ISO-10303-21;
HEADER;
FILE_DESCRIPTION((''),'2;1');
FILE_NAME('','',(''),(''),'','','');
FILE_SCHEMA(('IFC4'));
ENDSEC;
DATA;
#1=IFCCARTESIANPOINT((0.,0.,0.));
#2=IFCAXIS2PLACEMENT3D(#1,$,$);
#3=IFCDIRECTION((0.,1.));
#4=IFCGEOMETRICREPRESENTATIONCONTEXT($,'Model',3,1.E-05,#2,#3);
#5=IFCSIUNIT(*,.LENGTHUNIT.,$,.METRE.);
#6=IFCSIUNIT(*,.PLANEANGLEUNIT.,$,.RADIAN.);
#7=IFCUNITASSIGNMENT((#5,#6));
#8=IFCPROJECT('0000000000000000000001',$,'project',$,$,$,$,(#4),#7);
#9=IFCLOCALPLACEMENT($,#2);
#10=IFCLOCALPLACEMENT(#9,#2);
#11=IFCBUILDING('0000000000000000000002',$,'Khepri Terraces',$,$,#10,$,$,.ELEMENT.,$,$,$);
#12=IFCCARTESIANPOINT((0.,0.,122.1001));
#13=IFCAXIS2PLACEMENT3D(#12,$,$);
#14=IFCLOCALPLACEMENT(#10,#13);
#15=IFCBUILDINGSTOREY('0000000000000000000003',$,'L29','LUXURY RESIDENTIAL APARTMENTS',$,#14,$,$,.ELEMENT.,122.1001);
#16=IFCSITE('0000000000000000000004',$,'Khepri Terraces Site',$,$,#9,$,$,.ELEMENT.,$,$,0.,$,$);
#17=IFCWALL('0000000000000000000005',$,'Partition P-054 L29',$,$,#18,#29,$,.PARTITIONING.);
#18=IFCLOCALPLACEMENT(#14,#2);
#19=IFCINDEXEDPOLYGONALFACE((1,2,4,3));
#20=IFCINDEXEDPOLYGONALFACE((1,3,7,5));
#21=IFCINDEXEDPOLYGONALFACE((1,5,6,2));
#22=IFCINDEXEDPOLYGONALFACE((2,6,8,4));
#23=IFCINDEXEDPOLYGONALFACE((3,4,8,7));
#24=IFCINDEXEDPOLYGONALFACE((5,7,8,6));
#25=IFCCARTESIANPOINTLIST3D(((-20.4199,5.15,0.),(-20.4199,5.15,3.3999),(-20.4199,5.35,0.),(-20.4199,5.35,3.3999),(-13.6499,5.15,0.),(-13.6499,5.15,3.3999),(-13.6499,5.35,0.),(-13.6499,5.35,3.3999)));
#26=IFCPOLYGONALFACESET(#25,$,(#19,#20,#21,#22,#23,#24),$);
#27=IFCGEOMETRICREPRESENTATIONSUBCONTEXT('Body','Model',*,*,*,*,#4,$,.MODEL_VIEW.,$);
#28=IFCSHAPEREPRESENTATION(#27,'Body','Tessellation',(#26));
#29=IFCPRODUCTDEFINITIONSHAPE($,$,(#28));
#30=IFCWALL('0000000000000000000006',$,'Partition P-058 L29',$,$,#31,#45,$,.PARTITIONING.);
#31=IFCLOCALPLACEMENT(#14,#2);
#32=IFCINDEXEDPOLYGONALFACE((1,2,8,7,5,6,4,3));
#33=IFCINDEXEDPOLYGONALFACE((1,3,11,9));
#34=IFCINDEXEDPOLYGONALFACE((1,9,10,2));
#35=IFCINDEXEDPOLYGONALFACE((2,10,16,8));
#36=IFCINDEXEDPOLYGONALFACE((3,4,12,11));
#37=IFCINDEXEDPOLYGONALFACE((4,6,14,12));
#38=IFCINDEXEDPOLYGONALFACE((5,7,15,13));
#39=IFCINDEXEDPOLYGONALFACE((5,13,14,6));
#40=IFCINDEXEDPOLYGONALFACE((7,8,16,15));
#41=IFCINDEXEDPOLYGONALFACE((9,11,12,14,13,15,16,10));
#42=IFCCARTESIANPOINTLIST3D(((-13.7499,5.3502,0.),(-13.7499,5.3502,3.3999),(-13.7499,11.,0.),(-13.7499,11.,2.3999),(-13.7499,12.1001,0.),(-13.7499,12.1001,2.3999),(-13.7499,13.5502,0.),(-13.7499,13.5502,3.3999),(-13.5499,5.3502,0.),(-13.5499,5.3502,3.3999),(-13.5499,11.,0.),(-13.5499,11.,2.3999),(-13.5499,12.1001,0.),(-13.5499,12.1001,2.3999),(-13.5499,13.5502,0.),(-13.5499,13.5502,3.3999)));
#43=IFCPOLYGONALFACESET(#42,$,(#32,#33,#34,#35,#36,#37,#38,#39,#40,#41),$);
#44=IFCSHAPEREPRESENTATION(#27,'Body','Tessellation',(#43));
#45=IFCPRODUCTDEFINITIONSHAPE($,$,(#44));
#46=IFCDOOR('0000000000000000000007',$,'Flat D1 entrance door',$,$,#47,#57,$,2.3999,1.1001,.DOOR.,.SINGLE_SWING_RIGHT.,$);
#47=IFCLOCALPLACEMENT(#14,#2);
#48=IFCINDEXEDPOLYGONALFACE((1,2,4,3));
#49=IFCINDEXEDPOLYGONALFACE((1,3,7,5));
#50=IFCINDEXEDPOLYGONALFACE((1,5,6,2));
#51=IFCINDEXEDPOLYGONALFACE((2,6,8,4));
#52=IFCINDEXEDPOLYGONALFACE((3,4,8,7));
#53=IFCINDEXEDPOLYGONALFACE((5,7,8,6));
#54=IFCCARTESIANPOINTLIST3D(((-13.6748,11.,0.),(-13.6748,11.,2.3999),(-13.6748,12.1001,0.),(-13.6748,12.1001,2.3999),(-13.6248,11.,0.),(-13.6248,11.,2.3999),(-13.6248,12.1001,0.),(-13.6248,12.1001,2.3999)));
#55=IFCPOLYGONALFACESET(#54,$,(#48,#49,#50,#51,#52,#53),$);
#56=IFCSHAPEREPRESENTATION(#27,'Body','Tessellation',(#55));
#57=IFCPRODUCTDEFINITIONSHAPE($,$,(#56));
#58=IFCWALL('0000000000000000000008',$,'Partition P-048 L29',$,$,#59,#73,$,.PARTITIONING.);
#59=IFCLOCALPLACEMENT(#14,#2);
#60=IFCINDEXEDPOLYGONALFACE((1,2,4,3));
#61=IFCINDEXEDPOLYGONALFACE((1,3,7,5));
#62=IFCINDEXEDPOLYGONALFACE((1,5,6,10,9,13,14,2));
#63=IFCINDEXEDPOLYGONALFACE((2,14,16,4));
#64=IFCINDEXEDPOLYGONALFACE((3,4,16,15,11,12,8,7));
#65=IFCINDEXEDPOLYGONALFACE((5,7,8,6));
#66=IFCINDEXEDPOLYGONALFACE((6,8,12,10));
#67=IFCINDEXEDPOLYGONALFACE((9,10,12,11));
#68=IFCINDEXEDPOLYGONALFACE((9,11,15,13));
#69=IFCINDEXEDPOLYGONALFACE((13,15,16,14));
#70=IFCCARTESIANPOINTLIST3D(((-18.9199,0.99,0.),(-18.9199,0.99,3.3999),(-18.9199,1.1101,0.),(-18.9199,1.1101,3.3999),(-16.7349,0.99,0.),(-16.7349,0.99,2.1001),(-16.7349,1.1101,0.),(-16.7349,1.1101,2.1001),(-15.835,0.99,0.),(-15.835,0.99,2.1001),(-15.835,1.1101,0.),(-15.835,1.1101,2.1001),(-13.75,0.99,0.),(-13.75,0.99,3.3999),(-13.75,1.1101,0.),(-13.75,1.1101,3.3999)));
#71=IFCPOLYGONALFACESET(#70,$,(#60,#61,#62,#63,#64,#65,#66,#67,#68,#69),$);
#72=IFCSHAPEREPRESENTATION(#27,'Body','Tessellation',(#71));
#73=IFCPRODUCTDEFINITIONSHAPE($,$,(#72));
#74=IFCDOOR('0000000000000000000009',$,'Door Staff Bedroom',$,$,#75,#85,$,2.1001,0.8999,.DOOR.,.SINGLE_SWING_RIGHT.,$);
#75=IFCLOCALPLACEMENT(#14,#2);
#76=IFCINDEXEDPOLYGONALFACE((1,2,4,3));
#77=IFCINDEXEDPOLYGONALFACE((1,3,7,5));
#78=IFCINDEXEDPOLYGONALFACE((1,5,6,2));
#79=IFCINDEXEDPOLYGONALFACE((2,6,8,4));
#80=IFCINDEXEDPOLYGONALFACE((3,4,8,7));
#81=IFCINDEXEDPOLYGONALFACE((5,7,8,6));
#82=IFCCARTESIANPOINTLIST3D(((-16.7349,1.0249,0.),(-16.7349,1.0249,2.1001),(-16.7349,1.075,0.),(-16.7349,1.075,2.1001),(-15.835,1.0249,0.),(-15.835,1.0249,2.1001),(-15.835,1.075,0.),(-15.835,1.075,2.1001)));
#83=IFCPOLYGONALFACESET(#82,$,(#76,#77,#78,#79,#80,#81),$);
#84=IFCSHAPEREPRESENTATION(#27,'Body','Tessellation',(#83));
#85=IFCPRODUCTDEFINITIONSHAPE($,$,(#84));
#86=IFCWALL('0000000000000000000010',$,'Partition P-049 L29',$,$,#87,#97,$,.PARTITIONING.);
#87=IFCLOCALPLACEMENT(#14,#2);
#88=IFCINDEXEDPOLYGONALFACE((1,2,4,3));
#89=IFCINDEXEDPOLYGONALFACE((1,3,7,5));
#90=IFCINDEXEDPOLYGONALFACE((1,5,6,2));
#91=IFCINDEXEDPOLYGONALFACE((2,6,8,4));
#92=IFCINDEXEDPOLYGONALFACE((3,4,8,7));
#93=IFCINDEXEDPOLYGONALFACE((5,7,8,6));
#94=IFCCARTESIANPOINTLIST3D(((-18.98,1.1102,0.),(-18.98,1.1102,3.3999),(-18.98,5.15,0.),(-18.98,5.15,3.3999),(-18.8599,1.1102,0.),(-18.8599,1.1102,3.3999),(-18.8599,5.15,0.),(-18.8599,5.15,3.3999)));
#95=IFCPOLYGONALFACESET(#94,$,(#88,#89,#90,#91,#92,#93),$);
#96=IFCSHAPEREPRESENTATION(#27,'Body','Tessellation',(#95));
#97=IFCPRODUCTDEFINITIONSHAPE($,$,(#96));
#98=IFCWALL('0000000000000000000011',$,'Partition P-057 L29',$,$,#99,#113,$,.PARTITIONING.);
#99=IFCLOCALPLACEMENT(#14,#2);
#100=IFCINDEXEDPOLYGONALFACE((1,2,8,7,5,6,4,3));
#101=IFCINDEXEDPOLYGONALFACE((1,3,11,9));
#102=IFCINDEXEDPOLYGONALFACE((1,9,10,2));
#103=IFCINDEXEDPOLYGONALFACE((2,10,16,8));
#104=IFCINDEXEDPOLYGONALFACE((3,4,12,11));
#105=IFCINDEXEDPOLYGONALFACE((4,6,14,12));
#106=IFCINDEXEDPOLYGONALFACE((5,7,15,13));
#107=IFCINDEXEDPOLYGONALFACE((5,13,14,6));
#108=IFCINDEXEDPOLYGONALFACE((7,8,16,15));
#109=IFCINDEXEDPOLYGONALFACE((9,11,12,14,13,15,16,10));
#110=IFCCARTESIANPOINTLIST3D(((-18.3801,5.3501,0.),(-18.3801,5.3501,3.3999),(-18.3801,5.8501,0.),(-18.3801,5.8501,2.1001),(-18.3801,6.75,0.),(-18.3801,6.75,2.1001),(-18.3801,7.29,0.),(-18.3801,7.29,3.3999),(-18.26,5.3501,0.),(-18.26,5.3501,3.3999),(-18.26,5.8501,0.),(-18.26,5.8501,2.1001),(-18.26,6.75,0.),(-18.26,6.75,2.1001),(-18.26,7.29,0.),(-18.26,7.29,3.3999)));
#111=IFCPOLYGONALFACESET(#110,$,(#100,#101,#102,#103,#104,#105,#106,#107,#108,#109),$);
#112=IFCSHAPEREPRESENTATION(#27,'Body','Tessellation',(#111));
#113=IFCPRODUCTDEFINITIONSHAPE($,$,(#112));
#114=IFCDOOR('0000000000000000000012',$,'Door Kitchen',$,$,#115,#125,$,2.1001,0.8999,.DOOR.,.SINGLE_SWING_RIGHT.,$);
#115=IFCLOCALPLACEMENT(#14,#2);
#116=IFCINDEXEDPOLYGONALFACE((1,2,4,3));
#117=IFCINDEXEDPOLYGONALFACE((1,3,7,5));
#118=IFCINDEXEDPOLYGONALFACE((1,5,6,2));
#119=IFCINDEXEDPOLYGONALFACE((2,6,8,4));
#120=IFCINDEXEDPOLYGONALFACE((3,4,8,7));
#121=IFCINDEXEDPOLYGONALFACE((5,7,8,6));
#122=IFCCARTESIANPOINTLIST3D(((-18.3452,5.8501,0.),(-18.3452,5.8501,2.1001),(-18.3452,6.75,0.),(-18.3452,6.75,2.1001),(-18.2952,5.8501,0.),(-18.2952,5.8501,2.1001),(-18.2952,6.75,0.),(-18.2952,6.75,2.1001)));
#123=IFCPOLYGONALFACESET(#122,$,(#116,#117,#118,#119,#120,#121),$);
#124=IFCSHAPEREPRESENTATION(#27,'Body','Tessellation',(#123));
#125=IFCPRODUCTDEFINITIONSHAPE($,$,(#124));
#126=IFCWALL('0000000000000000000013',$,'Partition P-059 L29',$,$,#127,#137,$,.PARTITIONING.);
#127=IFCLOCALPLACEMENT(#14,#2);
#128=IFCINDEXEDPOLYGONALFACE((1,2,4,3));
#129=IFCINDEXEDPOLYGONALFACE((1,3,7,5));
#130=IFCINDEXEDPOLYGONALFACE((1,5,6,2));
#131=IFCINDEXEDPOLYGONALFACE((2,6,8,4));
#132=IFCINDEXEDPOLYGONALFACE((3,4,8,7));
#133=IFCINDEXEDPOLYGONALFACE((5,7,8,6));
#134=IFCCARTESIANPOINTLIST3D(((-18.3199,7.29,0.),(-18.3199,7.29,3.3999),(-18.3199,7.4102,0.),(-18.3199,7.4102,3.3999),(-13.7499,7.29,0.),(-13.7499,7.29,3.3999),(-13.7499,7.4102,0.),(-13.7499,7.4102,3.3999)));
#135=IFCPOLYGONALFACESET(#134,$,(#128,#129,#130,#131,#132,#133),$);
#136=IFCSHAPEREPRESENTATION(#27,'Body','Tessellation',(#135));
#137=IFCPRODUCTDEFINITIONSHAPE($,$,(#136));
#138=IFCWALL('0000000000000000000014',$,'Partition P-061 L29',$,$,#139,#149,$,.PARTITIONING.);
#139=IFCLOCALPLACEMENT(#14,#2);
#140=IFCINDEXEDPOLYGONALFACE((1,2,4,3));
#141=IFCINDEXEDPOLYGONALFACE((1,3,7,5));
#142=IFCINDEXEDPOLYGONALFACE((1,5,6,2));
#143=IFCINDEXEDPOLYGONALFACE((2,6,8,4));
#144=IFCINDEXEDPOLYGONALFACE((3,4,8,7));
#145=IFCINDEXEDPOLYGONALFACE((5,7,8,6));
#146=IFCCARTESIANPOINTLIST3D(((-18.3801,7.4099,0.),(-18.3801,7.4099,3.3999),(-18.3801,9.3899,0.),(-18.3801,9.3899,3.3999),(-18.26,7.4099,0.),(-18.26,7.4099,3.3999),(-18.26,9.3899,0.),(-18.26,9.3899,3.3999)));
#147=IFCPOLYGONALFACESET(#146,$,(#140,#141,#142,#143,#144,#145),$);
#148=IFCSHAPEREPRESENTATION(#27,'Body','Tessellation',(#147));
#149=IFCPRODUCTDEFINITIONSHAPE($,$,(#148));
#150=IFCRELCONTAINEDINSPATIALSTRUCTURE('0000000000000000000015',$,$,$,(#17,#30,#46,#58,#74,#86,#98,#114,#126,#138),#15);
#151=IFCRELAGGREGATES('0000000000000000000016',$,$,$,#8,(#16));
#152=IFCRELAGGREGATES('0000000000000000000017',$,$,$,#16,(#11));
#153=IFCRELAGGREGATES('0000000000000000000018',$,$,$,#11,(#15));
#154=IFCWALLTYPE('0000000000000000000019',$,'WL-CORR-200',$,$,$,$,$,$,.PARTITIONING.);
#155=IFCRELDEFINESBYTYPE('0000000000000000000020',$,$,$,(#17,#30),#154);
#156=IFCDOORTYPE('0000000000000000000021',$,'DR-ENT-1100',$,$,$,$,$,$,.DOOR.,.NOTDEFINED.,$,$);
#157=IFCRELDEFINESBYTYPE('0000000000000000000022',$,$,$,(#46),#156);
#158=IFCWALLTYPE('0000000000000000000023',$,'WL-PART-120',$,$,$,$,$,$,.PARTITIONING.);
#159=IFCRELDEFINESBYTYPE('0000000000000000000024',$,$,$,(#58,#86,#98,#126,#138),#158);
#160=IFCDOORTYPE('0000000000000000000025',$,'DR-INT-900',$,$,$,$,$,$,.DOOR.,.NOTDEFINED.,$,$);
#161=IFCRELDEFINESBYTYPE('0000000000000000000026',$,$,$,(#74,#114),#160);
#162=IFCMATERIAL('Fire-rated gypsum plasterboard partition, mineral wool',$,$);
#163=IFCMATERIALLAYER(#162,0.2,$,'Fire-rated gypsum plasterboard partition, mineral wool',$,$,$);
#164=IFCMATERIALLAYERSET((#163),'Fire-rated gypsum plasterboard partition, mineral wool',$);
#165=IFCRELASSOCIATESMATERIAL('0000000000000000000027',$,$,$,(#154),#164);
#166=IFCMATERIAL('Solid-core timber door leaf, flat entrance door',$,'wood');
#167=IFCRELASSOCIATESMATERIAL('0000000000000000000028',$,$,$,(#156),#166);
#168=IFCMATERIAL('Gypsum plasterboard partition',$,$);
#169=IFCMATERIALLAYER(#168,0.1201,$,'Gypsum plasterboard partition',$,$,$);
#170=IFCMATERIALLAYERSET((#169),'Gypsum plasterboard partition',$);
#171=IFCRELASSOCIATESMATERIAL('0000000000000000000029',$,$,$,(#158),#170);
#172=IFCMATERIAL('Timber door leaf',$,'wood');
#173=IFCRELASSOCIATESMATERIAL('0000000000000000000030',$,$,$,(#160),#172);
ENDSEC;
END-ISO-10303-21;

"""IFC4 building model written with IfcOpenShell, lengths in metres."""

from ifc_helpers import new_model, si_unit, direction, frame, frame_2d, origin, place, context, subcontext, project, spatial, rectangle, extrude, material, layer, layer_set, type_object, element, fill, save


model = new_model("IFC4")

# Units and contexts
model_context = context("Model", 3, precision=1e-05, world=origin(), true_north=direction((0.0, 1.0)))
body_context = subcontext(model_context, "Body", "Model", "MODEL_VIEW")
ifc_project = project(units=[si_unit("LENGTHUNIT", "METRE"), si_unit("PLANEANGLEUNIT", "RADIAN")], contexts=[model_context])

# Site, building, storey
site_placement = place(None, origin())
site = spatial("IfcSite", under=ifc_project, at=site_placement, Name="Khepri Terraces Site", CompositionType="ELEMENT", RefElevation=0.0)
building_placement = place(site_placement, origin())
building = spatial("IfcBuilding", under=site, at=building_placement, Name="Khepri Terraces", CompositionType="ELEMENT")
storey_placement = place(building_placement, frame((0.0, 0.0, 122.1001)))
storey = spatial("IfcBuildingStorey", under=building, at=storey_placement, Name="L29", Description="LUXURY RESIDENTIAL APARTMENTS", CompositionType="ELEMENT", Elevation=122.1001)

# Wall
ifc_material_1 = material(Name="Fire-rated gypsum plasterboard partition, mineral wool")
ifc_layer_1 = layer(ifc_material_1, 0.2, Name="Fire-rated gypsum plasterboard partition, mineral wool")
ifc_layer_set_1 = layer_set([ifc_layer_1], Name="Fire-rated gypsum plasterboard partition, mineral wool")
wall_type_1 = type_object("IfcWallType", Name="WL-CORR-200", PredefinedType="PARTITIONING", material=ifc_layer_set_1)
wall_1_placement = place(storey_placement, frame((-20.4199, 5.25, 0.0), z_axis=(0.0, 0.0, 1.0), x_axis=(1.0, 0.0, 0.0)))
element("IfcWall", 1, at=wall_1_placement, inside=storey, type_object=wall_type_1, Name="Partition P-054 L29", PredefinedType="PARTITIONING", context=body_context, shape_type="SweptSolid", body=[
    extrude(rectangle(XDim=6.77, YDim=0.2, at=frame_2d((3.385, 0.0))), origin(), (0.0, 0.0, 1.0), 3.3999),
])

# Walls, openings, doors
wall_2_placement = place(storey_placement, frame((-13.6499, 5.3501, 0.0), z_axis=(0.0, 0.0, 1.0), x_axis=(0.0, 1.0, 0.0)))
wall_2 = element("IfcWall", 2, at=wall_2_placement, inside=storey, type_object=wall_type_1, Name="Partition P-058 L29", PredefinedType="PARTITIONING", context=body_context, shape_type="SweptSolid", body=[
    extrude(rectangle(XDim=8.2, YDim=0.2, at=frame_2d((4.1001, 0.0))), origin(), (0.0, 0.0, 1.0), 3.3999),
])
opening_1_placement = place(wall_2_placement, frame((5.6499, 0.0, 0.0)))
opening_1 = element("IfcOpeningElement", 3, at=opening_1_placement, cuts=wall_2, PredefinedType="OPENING", context=body_context, shape_type="SweptSolid", body=[
    extrude(rectangle(XDim=1.1001, YDim=2.3999, at=frame_2d((0.55, 1.2))), frame((0.0, 0.1099, 0.0), z_axis=(0.0, -1.0, 0.0), x_axis=(1.0, 0.0, 0.0)), (0.0, 0.0, 1.0), 0.22),
])
ifc_material_2 = material(Name="Solid-core timber door leaf, flat entrance door", Category="wood")
door_type_1 = type_object("IfcDoorType", Name="DR-ENT-1100", OperationType="NOTDEFINED", PredefinedType="DOOR", material=ifc_material_2)
door_1_placement = place(opening_1_placement, origin())
door_1 = element("IfcDoor", 4, at=door_1_placement, inside=storey, type_object=door_type_1, Name="Flat D1 entrance door", OperationType="SINGLE_SWING_RIGHT", OverallHeight=2.3999, OverallWidth=1.1001, PredefinedType="DOOR", context=body_context, shape_type="SweptSolid", body=[
    extrude(rectangle(XDim=1.1001, YDim=2.3999, at=frame_2d((0.55, 1.2))), frame((0.0, 0.0249, 0.0), z_axis=(0.0, -1.0, 0.0), x_axis=(1.0, 0.0, 0.0)), (0.0, 0.0, 1.0), 0.05),
])
fill(opening_1, door_1)
ifc_material_3 = material(Name="Gypsum plasterboard partition")
ifc_layer_2 = layer(ifc_material_3, 0.1201, Name="Gypsum plasterboard partition")
ifc_layer_set_2 = layer_set([ifc_layer_2], Name="Gypsum plasterboard partition")
wall_type_2 = type_object("IfcWallType", Name="WL-PART-120", PredefinedType="PARTITIONING", material=ifc_layer_set_2)
wall_3_placement = place(storey_placement, frame((-18.9199, 1.05, 0.0), z_axis=(0.0, 0.0, 1.0), x_axis=(1.0, 0.0, 0.0)))
wall_3 = element("IfcWall", 5, at=wall_3_placement, inside=storey, type_object=wall_type_2, Name="Partition P-048 L29", PredefinedType="PARTITIONING", context=body_context, shape_type="SweptSolid", body=[
    extrude(rectangle(XDim=5.1699, YDim=0.1201, at=frame_2d((2.585, 0.0))), origin(), (0.0, 0.0, 1.0), 3.3999),
])
opening_2_placement = place(wall_3_placement, frame((2.1851, 0.0, 0.0)))
opening_2 = element("IfcOpeningElement", 6, at=opening_2_placement, cuts=wall_3, PredefinedType="OPENING", context=body_context, shape_type="SweptSolid", body=[
    extrude(rectangle(XDim=0.8999, YDim=2.1001, at=frame_2d((0.45, 1.05))), frame((0.0, 0.0701, 0.0), z_axis=(0.0, -1.0, 0.0), x_axis=(1.0, 0.0, 0.0)), (0.0, 0.0, 1.0), 0.1401),
])
ifc_material_4 = material(Name="Timber door leaf", Category="wood")
door_type_2 = type_object("IfcDoorType", Name="DR-INT-900", OperationType="NOTDEFINED", PredefinedType="DOOR", material=ifc_material_4)
door_2_placement = place(opening_2_placement, origin())
door_2 = element("IfcDoor", 7, at=door_2_placement, inside=storey, type_object=door_type_2, Name="Door Staff Bedroom", OperationType="SINGLE_SWING_RIGHT", OverallHeight=2.1001, OverallWidth=0.8999, PredefinedType="DOOR", context=body_context, shape_type="SweptSolid", body=[
    extrude(rectangle(XDim=0.8999, YDim=2.1001, at=frame_2d((0.45, 1.05))), frame((0.0, 0.0249, 0.0), z_axis=(0.0, -1.0, 0.0), x_axis=(1.0, 0.0, 0.0)), (0.0, 0.0, 1.0), 0.05),
])
fill(opening_2, door_2)

# Wall
wall_4_placement = place(storey_placement, frame((-18.9199, 1.1101, 0.0), z_axis=(0.0, 0.0, 1.0), x_axis=(0.0, 1.0, 0.0)))
element("IfcWall", 8, at=wall_4_placement, inside=storey, type_object=wall_type_2, Name="Partition P-049 L29", PredefinedType="PARTITIONING", context=body_context, shape_type="SweptSolid", body=[
    extrude(rectangle(XDim=4.0398, YDim=0.1201, at=frame_2d((2.02, 0.0))), origin(), (0.0, 0.0, 1.0), 3.3999),
])

# Wall, opening, door
wall_5_placement = place(storey_placement, frame((-18.3201, 5.3501, 0.0), z_axis=(0.0, 0.0, 1.0), x_axis=(0.0, 1.0, 0.0)))
wall_5 = element("IfcWall", 9, at=wall_5_placement, inside=storey, type_object=wall_type_2, Name="Partition P-057 L29", PredefinedType="PARTITIONING", context=body_context, shape_type="SweptSolid", body=[
    extrude(rectangle(XDim=1.9399, YDim=0.1201, at=frame_2d((0.97, 0.0))), origin(), (0.0, 0.0, 1.0), 3.3999),
])
opening_3_placement = place(wall_5_placement, frame((0.5, 0.0, 0.0)))
opening_3 = element("IfcOpeningElement", 10, at=opening_3_placement, cuts=wall_5, PredefinedType="OPENING", context=body_context, shape_type="SweptSolid", body=[
    extrude(rectangle(XDim=0.8999, YDim=2.1001, at=frame_2d((0.45, 1.05))), frame((0.0, 0.0701, 0.0), z_axis=(0.0, -1.0, 0.0), x_axis=(1.0, 0.0, 0.0)), (0.0, 0.0, 1.0), 0.1401),
])
door_3_placement = place(opening_3_placement, frame((0.8999, 0.0, 0.0), z_axis=(0.0, 0.0, 1.0), x_axis=(-1.0, 0.0, 0.0)))
door_3 = element("IfcDoor", 11, at=door_3_placement, inside=storey, type_object=door_type_2, Name="Door Kitchen", OperationType="SINGLE_SWING_RIGHT", OverallHeight=2.1001, OverallWidth=0.8999, PredefinedType="DOOR", context=body_context, shape_type="SweptSolid", body=[
    extrude(rectangle(XDim=0.8999, YDim=2.1001, at=frame_2d((0.45, 1.05))), frame((0.0, 0.0249, 0.0), z_axis=(0.0, -1.0, 0.0), x_axis=(1.0, 0.0, 0.0)), (0.0, 0.0, 1.0), 0.05),
])
fill(opening_3, door_3)

# Walls
wall_6_placement = place(storey_placement, frame((-18.3201, 7.3501, 0.0), z_axis=(0.0, 0.0, 1.0), x_axis=(1.0, 0.0, 0.0)))
element("IfcWall", 12, at=wall_6_placement, inside=storey, type_object=wall_type_2, Name="Partition P-059 L29", PredefinedType="PARTITIONING", context=body_context, shape_type="SweptSolid", body=[
    extrude(rectangle(XDim=4.5701, YDim=0.1201, at=frame_2d((2.2852, 0.0))), origin(), (0.0, 0.0, 1.0), 3.3999),
])
wall_7_placement = place(storey_placement, frame((-18.3201, 7.4099, 0.0), z_axis=(0.0, 0.0, 1.0), x_axis=(0.0, 1.0, 0.0)))
element("IfcWall", 13, at=wall_7_placement, inside=storey, type_object=wall_type_2, Name="Partition P-061 L29", PredefinedType="PARTITIONING", context=body_context, shape_type="SweptSolid", body=[
    extrude(rectangle(XDim=1.98, YDim=0.1201, at=frame_2d((0.99, 0.0))), origin(), (0.0, 0.0, 1.0), 3.3999),
])

save(model, "model.ifc")
